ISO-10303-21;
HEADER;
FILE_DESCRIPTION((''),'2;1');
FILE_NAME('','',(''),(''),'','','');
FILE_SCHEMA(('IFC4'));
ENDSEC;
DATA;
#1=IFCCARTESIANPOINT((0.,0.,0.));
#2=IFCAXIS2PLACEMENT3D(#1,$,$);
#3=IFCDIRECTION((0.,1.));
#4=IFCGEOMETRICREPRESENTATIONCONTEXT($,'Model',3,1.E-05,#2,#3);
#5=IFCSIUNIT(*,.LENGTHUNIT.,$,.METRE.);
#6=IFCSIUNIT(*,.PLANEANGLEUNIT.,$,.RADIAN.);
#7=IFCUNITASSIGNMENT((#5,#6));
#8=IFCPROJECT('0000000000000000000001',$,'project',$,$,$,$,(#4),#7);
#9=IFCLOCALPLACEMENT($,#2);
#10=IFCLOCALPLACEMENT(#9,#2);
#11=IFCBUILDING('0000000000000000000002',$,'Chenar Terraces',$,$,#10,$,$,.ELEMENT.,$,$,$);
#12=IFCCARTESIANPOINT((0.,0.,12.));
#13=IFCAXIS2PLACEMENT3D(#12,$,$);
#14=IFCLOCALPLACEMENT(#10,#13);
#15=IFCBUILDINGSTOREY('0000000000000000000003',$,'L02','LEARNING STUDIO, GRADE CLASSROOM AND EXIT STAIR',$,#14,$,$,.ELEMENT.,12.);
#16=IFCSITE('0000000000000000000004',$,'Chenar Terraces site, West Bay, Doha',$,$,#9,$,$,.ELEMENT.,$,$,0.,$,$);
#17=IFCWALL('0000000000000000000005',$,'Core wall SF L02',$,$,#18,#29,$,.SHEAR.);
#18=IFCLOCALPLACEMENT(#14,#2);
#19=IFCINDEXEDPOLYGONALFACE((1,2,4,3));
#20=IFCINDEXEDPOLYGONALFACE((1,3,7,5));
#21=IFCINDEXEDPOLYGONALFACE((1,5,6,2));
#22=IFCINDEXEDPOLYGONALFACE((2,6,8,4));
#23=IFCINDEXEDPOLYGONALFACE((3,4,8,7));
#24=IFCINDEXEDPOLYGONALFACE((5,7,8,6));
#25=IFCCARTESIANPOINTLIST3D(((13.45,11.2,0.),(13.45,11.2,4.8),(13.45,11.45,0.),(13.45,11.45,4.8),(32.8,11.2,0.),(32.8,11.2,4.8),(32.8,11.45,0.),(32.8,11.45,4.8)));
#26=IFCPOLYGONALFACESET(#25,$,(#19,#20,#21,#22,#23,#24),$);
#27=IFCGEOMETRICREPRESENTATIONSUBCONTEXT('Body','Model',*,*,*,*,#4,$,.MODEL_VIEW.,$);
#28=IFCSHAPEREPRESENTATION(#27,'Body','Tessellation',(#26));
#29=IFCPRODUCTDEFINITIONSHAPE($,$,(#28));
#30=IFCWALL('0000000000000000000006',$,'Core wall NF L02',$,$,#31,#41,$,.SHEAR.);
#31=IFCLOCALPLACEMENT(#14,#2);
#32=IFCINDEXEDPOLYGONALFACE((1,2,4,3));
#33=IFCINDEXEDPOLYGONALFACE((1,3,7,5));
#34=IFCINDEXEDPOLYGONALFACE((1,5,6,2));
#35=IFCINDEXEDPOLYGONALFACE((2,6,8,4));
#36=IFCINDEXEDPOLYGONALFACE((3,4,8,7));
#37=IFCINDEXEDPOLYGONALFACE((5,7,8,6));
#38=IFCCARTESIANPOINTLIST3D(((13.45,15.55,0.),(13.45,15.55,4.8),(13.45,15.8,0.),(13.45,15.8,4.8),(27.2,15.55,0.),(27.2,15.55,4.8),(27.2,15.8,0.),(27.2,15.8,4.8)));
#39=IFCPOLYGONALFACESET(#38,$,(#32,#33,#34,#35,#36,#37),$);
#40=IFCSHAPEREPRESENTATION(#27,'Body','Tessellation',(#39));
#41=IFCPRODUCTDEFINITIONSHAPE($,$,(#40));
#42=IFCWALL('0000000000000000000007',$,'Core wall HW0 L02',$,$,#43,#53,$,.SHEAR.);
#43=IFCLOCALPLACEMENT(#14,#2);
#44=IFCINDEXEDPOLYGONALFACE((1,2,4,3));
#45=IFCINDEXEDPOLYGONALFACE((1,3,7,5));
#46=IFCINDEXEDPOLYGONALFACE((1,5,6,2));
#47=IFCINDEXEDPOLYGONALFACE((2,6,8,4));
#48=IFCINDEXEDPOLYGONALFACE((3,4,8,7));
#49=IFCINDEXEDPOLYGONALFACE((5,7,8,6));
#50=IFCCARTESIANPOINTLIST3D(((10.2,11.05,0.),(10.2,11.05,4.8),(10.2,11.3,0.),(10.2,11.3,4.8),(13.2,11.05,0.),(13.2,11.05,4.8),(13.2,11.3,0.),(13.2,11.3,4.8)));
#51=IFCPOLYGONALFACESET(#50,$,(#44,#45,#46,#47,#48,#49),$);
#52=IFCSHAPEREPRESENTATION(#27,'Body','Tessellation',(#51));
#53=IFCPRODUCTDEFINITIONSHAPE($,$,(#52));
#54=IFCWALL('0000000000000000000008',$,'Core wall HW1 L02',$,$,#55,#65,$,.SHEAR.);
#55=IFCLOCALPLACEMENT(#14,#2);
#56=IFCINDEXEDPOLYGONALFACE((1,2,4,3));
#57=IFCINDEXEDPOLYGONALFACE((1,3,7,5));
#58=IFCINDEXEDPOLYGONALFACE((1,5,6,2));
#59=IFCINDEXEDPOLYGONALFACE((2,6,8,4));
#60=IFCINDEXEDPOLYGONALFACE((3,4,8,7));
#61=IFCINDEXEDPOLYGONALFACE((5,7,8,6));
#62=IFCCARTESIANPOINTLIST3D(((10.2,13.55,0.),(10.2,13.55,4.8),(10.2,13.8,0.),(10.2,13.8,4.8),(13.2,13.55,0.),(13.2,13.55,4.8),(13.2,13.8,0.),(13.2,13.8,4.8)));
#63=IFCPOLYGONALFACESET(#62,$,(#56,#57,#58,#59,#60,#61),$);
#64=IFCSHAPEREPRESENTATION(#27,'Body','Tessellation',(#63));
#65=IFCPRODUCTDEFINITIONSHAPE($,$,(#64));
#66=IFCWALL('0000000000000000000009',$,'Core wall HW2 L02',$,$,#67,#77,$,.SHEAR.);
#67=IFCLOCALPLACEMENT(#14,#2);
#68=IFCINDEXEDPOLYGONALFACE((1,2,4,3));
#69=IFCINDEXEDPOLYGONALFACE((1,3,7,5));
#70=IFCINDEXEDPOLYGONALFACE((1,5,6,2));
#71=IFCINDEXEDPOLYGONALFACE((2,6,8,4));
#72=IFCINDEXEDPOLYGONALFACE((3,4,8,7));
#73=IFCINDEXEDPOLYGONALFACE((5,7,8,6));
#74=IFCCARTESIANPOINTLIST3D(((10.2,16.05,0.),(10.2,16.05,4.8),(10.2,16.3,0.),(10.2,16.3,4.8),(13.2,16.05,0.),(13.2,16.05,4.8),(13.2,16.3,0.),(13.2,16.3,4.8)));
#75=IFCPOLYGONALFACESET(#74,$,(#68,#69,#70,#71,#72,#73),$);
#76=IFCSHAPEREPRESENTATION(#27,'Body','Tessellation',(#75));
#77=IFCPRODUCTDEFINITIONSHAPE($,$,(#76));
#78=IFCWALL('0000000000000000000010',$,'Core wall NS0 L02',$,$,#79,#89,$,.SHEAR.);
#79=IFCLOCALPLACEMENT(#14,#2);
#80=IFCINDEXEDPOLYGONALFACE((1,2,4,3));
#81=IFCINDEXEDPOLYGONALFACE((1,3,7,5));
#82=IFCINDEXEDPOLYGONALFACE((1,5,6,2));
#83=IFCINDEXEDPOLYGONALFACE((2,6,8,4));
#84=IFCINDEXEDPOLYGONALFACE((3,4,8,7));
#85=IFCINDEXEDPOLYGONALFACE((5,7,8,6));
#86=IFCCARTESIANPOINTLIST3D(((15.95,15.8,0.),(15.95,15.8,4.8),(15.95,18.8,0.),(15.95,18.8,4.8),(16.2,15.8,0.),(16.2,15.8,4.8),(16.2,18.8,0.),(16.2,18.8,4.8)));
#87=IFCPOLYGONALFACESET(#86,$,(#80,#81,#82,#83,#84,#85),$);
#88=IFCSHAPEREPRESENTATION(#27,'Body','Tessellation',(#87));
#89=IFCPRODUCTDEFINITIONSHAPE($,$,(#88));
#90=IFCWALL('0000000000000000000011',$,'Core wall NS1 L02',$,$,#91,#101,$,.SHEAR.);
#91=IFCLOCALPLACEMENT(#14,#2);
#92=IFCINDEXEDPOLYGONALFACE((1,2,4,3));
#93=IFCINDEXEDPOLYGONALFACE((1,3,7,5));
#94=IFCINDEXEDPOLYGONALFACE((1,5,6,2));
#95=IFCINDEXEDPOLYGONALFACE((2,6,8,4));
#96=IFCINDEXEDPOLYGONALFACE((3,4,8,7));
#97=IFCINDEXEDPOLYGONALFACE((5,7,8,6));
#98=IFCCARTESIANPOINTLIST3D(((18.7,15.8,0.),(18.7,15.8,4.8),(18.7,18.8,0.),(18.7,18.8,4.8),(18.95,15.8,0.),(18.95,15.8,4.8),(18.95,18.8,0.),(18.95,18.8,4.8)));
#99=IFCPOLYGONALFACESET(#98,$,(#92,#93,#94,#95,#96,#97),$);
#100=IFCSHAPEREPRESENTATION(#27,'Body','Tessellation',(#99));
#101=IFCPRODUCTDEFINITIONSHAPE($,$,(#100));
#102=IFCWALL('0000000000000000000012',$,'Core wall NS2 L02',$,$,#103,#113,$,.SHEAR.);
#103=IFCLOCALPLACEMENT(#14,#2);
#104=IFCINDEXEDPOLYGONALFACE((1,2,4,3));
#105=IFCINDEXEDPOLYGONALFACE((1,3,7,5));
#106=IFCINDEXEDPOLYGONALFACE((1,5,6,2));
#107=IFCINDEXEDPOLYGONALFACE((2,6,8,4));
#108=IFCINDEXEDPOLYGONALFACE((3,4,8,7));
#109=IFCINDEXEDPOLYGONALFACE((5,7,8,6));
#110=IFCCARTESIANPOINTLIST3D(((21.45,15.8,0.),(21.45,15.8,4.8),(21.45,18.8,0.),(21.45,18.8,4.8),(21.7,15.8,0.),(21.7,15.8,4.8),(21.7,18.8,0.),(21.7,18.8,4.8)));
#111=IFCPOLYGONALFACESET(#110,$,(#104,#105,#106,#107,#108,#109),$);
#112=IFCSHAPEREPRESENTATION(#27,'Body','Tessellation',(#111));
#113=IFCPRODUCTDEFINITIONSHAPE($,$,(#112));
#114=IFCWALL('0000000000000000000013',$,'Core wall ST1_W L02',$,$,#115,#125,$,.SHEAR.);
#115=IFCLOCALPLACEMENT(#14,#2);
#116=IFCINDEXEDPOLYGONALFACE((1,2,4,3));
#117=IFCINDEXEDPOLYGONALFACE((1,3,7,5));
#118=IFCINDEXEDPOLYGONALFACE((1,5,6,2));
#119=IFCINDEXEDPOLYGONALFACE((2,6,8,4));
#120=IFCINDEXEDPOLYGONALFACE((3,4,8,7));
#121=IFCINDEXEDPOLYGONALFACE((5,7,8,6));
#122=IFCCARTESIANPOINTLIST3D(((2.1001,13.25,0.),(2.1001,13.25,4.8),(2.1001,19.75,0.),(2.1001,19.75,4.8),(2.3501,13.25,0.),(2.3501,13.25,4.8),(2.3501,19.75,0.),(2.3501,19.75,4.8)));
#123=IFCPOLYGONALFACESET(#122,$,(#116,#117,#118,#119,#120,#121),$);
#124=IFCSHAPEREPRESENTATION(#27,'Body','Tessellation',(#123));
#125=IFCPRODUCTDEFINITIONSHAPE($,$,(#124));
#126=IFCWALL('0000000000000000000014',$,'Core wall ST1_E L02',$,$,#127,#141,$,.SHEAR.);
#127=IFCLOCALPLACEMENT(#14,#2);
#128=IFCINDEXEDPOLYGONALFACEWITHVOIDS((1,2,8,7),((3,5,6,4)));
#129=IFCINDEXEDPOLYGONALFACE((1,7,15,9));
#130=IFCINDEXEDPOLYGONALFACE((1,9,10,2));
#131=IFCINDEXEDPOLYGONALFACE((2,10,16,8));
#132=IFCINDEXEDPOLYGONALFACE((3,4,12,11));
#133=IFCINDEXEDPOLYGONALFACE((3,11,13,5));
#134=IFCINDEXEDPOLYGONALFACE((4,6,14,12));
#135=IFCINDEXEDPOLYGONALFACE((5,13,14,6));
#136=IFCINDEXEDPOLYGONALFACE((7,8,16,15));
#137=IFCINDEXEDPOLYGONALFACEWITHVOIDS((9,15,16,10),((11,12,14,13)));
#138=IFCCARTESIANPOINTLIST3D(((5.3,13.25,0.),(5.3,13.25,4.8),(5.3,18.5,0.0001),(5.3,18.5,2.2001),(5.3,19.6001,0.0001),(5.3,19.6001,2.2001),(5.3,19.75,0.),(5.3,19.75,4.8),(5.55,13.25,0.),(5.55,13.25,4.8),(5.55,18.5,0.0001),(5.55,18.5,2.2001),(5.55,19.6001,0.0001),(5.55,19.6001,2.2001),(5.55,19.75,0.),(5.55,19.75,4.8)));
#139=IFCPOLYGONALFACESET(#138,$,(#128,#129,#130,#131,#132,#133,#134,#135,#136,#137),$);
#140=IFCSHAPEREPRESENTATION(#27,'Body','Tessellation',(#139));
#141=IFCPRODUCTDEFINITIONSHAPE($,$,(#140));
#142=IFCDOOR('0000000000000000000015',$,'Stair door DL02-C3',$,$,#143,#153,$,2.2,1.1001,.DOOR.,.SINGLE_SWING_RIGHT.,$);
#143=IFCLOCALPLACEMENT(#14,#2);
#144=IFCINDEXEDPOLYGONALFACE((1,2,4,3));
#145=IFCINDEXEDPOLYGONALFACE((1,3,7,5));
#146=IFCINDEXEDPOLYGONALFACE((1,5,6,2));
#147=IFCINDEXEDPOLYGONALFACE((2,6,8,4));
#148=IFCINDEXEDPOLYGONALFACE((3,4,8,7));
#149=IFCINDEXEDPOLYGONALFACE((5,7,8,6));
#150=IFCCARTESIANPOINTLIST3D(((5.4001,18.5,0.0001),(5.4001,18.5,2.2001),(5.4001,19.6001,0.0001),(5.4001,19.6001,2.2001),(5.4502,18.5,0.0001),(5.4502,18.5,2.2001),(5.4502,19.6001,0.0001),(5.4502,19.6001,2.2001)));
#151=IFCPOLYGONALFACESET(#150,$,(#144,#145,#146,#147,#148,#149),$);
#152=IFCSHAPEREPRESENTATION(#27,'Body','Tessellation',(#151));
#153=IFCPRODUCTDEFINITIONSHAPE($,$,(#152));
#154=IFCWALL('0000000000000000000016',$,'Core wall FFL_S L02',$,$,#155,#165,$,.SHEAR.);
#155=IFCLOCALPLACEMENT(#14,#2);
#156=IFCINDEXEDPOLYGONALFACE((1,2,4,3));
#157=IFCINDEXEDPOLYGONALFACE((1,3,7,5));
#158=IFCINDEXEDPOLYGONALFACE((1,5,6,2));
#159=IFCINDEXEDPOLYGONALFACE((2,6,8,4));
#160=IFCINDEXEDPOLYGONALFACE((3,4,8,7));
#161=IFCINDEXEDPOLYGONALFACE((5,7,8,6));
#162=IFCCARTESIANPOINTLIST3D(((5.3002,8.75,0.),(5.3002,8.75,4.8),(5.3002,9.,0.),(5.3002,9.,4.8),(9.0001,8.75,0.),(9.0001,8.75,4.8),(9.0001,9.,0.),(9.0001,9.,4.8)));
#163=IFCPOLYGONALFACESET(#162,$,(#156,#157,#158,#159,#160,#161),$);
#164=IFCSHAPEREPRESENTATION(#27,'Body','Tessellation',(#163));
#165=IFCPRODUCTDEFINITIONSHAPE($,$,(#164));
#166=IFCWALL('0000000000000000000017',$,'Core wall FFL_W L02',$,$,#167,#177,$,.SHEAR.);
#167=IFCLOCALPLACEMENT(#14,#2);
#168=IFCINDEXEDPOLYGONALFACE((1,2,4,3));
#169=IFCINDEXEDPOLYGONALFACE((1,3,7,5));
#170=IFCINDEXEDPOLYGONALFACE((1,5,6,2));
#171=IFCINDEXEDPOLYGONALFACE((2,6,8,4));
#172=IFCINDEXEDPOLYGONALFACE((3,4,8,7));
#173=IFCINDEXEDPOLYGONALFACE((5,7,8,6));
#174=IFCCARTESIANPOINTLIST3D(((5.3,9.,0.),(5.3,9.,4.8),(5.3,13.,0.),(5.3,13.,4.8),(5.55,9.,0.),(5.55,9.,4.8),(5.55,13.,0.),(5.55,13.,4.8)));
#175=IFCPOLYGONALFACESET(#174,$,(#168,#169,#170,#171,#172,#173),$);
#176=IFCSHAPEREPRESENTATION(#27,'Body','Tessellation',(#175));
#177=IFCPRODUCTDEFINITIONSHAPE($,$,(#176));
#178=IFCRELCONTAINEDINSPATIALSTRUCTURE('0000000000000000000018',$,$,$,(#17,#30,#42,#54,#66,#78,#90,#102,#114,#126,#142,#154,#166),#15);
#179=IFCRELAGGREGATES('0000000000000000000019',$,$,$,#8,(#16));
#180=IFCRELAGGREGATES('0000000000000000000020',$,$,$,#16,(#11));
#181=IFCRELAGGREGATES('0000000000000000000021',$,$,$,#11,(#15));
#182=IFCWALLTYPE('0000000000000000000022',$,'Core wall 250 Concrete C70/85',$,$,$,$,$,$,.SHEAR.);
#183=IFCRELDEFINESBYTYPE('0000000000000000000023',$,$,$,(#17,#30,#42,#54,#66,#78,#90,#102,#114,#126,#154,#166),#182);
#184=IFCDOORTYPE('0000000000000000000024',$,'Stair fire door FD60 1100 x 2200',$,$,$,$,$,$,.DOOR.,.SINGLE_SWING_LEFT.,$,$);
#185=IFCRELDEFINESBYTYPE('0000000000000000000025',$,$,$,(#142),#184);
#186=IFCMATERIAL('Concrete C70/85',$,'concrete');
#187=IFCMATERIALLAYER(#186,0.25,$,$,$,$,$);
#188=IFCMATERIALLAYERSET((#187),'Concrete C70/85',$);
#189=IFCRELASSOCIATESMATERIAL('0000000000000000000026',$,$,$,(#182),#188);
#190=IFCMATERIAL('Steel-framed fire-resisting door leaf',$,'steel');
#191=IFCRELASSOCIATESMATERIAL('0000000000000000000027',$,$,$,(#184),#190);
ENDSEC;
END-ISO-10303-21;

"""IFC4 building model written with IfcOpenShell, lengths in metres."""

from ifc_helpers import new_model, si_unit, direction, frame, frame_2d, origin, place, context, subcontext, project, spatial, rectangle, extrude, material, layer, layer_set, type_object, element, fill, save


model = new_model("IFC4")

# Units and contexts
model_context = context("Model", 3, precision=1e-05, world=origin(), true_north=direction((0.0, 1.0)))
body_context = subcontext(model_context, "Body", "Model", "MODEL_VIEW")
ifc_project = project(units=[si_unit("LENGTHUNIT", "METRE"), si_unit("PLANEANGLEUNIT", "RADIAN")], contexts=[model_context])

# Site, building, storey
site_placement = place(None, origin())
site = spatial("IfcSite", under=ifc_project, at=site_placement, Name="Chenar Terraces site, West Bay, Doha", CompositionType="ELEMENT", RefElevation=0.0)
building_placement = place(site_placement, origin())
building = spatial("IfcBuilding", under=site, at=building_placement, Name="Chenar Terraces", CompositionType="ELEMENT")
storey_placement = place(building_placement, frame((0.0, 0.0, 12.0)))
storey = spatial("IfcBuildingStorey", under=building, at=storey_placement, Name="L02", Description="LEARNING STUDIO, GRADE CLASSROOM AND EXIT STAIR", CompositionType="ELEMENT", Elevation=12.0)

# Walls
ifc_material_1 = material(Name="Concrete C70/85", Category="concrete")
ifc_layer_1 = layer(ifc_material_1, 0.25)
ifc_layer_set_1 = layer_set([ifc_layer_1], Name="Concrete C70/85")
wall_type_1 = type_object("IfcWallType", Name="Core wall 250 Concrete C70/85", PredefinedType="SHEAR", material=ifc_layer_set_1)
wall_1_placement = place(storey_placement, frame((13.45, 11.325, 0.0), z_axis=(0.0, 0.0, 1.0), x_axis=(1.0, 0.0, 0.0)))
element("IfcWall", 1, at=wall_1_placement, inside=storey, type_object=wall_type_1, Name="Core wall SF L02", PredefinedType="SHEAR", context=body_context, shape_type="SweptSolid", body=[
    extrude(rectangle(XDim=19.3501, YDim=0.25, at=frame_2d((9.675, 0.0))), origin(), (0.0, 0.0, 1.0), 4.8),
])
wall_2_placement = place(storey_placement, frame((13.45, 15.675, 0.0), z_axis=(0.0, 0.0, 1.0), x_axis=(1.0, 0.0, 0.0)))
element("IfcWall", 2, at=wall_2_placement, inside=storey, type_object=wall_type_1, Name="Core wall NF L02", PredefinedType="SHEAR", context=body_context, shape_type="SweptSolid", body=[
    extrude(rectangle(XDim=13.75, YDim=0.25, at=frame_2d((6.875, 0.0))), origin(), (0.0, 0.0, 1.0), 4.8),
])
for number, where, z_axis, x_axis, name in (
    (3, (10.2, 11.175, 0.0), (0.0, 0.0, 1.0), (1.0, 0.0, 0.0), "Core wall HW0 L02"),
    (4, (10.2, 13.675, 0.0), (0.0, 0.0, 1.0), (1.0, 0.0, 0.0), "Core wall HW1 L02"),
    (5, (10.2, 16.175, 0.0), (0.0, 0.0, 1.0), (1.0, 0.0, 0.0), "Core wall HW2 L02"),
    (6, (16.075, 15.8, 0.0), (0.0, 0.0, 1.0), (0.0, 1.0, 0.0), "Core wall NS0 L02"),
    (7, (18.825, 15.8, 0.0), (0.0, 0.0, 1.0), (0.0, 1.0, 0.0), "Core wall NS1 L02"),
    (8, (21.575, 15.8, 0.0), (0.0, 0.0, 1.0), (0.0, 1.0, 0.0), "Core wall NS2 L02"),
):
    element("IfcWall", number, at=place(storey_placement, frame(where, z_axis=z_axis, x_axis=x_axis)), inside=storey, type_object=wall_type_1, Name=name, PredefinedType="SHEAR", context=body_context, shape_type="SweptSolid", body=[
        extrude(rectangle(XDim=3.0, YDim=0.25, at=frame_2d((1.5, 0.0))), origin(), (0.0, 0.0, 1.0), 4.8),
    ])
wall_3_placement = place(storey_placement, frame((2.2251, 13.25, 0.0), z_axis=(0.0, 0.0, 1.0), x_axis=(0.0, 1.0, 0.0)))
element("IfcWall", 9, at=wall_3_placement, inside=storey, type_object=wall_type_1, Name="Core wall ST1_W L02", PredefinedType="SHEAR", context=body_context, shape_type="SweptSolid", body=[
    extrude(rectangle(XDim=6.5, YDim=0.25, at=frame_2d((3.25, 0.0))), origin(), (0.0, 0.0, 1.0), 4.8),
])

# Wall, opening, door
wall_4_placement = place(storey_placement, frame((5.425, 13.25, 0.0), z_axis=(0.0, 0.0, 1.0), x_axis=(0.0, 1.0, 0.0)))
wall_4 = element("IfcWall", 10, at=wall_4_placement, inside=storey, type_object=wall_type_1, Name="Core wall ST1_E L02", PredefinedType="SHEAR", context=body_context, shape_type="SweptSolid", body=[
    extrude(rectangle(XDim=6.5, YDim=0.25, at=frame_2d((3.25, 0.0))), origin(), (0.0, 0.0, 1.0), 4.8),
])
opening_1_placement = place(wall_4_placement, frame((5.25, 0.0, 0.0)))
opening_1 = element("IfcOpeningElement", 11, at=opening_1_placement, cuts=wall_4, PredefinedType="OPENING", context=body_context, shape_type="SweptSolid", body=[
    extrude(rectangle(XDim=1.1001, YDim=2.2, at=frame_2d((0.55, 1.1001))), frame((0.0, 0.135, 0.0), z_axis=(0.0, -1.0, 0.0), x_axis=(1.0, 0.0, 0.0)), (0.0, 0.0, 1.0), 0.27),
])
ifc_material_2 = material(Name="Steel-framed fire-resisting door leaf", Category="steel")
door_type_1 = type_object("IfcDoorType", Name="Stair fire door FD60 1100 x 2200", OperationType="SINGLE_SWING_LEFT", PredefinedType="DOOR", material=ifc_material_2)
door_1_placement = place(opening_1_placement, origin())
door_1 = element("IfcDoor", 12, at=door_1_placement, inside=storey, type_object=door_type_1, Name="Stair door DL02-C3", OperationType="SINGLE_SWING_RIGHT", OverallHeight=2.2, OverallWidth=1.1001, PredefinedType="DOOR", context=body_context, shape_type="SweptSolid", body=[
    extrude(rectangle(XDim=1.1001, YDim=2.2, at=frame_2d((0.55, 1.1001))), frame((0.0, 0.0249, 0.0), z_axis=(0.0, -1.0, 0.0), x_axis=(1.0, 0.0, 0.0)), (0.0, 0.0, 1.0), 0.05),
])
fill(opening_1, door_1)

# Walls
wall_5_placement = place(storey_placement, frame((5.3, 8.875, 0.0), z_axis=(0.0, 0.0, 1.0), x_axis=(1.0, 0.0, 0.0)))
element("IfcWall", 13, at=wall_5_placement, inside=storey, type_object=wall_type_1, Name="Core wall FFL_S L02", PredefinedType="SHEAR", context=body_context, shape_type="SweptSolid", body=[
    extrude(rectangle(XDim=3.7, YDim=0.25, at=frame_2d((1.8501, 0.0))), origin(), (0.0, 0.0, 1.0), 4.8),
])
wall_6_placement = place(storey_placement, frame((5.425, 9.0, 0.0), z_axis=(0.0, 0.0, 1.0), x_axis=(0.0, 1.0, 0.0)))
element("IfcWall", 14, at=wall_6_placement, inside=storey, type_object=wall_type_1, Name="Core wall FFL_W L02", PredefinedType="SHEAR", context=body_context, shape_type="SweptSolid", body=[
    extrude(rectangle(XDim=4.0, YDim=0.25, at=frame_2d((2.0, 0.0))), origin(), (0.0, 0.0, 1.0), 4.8),
])

save(model, "model.ifc")
